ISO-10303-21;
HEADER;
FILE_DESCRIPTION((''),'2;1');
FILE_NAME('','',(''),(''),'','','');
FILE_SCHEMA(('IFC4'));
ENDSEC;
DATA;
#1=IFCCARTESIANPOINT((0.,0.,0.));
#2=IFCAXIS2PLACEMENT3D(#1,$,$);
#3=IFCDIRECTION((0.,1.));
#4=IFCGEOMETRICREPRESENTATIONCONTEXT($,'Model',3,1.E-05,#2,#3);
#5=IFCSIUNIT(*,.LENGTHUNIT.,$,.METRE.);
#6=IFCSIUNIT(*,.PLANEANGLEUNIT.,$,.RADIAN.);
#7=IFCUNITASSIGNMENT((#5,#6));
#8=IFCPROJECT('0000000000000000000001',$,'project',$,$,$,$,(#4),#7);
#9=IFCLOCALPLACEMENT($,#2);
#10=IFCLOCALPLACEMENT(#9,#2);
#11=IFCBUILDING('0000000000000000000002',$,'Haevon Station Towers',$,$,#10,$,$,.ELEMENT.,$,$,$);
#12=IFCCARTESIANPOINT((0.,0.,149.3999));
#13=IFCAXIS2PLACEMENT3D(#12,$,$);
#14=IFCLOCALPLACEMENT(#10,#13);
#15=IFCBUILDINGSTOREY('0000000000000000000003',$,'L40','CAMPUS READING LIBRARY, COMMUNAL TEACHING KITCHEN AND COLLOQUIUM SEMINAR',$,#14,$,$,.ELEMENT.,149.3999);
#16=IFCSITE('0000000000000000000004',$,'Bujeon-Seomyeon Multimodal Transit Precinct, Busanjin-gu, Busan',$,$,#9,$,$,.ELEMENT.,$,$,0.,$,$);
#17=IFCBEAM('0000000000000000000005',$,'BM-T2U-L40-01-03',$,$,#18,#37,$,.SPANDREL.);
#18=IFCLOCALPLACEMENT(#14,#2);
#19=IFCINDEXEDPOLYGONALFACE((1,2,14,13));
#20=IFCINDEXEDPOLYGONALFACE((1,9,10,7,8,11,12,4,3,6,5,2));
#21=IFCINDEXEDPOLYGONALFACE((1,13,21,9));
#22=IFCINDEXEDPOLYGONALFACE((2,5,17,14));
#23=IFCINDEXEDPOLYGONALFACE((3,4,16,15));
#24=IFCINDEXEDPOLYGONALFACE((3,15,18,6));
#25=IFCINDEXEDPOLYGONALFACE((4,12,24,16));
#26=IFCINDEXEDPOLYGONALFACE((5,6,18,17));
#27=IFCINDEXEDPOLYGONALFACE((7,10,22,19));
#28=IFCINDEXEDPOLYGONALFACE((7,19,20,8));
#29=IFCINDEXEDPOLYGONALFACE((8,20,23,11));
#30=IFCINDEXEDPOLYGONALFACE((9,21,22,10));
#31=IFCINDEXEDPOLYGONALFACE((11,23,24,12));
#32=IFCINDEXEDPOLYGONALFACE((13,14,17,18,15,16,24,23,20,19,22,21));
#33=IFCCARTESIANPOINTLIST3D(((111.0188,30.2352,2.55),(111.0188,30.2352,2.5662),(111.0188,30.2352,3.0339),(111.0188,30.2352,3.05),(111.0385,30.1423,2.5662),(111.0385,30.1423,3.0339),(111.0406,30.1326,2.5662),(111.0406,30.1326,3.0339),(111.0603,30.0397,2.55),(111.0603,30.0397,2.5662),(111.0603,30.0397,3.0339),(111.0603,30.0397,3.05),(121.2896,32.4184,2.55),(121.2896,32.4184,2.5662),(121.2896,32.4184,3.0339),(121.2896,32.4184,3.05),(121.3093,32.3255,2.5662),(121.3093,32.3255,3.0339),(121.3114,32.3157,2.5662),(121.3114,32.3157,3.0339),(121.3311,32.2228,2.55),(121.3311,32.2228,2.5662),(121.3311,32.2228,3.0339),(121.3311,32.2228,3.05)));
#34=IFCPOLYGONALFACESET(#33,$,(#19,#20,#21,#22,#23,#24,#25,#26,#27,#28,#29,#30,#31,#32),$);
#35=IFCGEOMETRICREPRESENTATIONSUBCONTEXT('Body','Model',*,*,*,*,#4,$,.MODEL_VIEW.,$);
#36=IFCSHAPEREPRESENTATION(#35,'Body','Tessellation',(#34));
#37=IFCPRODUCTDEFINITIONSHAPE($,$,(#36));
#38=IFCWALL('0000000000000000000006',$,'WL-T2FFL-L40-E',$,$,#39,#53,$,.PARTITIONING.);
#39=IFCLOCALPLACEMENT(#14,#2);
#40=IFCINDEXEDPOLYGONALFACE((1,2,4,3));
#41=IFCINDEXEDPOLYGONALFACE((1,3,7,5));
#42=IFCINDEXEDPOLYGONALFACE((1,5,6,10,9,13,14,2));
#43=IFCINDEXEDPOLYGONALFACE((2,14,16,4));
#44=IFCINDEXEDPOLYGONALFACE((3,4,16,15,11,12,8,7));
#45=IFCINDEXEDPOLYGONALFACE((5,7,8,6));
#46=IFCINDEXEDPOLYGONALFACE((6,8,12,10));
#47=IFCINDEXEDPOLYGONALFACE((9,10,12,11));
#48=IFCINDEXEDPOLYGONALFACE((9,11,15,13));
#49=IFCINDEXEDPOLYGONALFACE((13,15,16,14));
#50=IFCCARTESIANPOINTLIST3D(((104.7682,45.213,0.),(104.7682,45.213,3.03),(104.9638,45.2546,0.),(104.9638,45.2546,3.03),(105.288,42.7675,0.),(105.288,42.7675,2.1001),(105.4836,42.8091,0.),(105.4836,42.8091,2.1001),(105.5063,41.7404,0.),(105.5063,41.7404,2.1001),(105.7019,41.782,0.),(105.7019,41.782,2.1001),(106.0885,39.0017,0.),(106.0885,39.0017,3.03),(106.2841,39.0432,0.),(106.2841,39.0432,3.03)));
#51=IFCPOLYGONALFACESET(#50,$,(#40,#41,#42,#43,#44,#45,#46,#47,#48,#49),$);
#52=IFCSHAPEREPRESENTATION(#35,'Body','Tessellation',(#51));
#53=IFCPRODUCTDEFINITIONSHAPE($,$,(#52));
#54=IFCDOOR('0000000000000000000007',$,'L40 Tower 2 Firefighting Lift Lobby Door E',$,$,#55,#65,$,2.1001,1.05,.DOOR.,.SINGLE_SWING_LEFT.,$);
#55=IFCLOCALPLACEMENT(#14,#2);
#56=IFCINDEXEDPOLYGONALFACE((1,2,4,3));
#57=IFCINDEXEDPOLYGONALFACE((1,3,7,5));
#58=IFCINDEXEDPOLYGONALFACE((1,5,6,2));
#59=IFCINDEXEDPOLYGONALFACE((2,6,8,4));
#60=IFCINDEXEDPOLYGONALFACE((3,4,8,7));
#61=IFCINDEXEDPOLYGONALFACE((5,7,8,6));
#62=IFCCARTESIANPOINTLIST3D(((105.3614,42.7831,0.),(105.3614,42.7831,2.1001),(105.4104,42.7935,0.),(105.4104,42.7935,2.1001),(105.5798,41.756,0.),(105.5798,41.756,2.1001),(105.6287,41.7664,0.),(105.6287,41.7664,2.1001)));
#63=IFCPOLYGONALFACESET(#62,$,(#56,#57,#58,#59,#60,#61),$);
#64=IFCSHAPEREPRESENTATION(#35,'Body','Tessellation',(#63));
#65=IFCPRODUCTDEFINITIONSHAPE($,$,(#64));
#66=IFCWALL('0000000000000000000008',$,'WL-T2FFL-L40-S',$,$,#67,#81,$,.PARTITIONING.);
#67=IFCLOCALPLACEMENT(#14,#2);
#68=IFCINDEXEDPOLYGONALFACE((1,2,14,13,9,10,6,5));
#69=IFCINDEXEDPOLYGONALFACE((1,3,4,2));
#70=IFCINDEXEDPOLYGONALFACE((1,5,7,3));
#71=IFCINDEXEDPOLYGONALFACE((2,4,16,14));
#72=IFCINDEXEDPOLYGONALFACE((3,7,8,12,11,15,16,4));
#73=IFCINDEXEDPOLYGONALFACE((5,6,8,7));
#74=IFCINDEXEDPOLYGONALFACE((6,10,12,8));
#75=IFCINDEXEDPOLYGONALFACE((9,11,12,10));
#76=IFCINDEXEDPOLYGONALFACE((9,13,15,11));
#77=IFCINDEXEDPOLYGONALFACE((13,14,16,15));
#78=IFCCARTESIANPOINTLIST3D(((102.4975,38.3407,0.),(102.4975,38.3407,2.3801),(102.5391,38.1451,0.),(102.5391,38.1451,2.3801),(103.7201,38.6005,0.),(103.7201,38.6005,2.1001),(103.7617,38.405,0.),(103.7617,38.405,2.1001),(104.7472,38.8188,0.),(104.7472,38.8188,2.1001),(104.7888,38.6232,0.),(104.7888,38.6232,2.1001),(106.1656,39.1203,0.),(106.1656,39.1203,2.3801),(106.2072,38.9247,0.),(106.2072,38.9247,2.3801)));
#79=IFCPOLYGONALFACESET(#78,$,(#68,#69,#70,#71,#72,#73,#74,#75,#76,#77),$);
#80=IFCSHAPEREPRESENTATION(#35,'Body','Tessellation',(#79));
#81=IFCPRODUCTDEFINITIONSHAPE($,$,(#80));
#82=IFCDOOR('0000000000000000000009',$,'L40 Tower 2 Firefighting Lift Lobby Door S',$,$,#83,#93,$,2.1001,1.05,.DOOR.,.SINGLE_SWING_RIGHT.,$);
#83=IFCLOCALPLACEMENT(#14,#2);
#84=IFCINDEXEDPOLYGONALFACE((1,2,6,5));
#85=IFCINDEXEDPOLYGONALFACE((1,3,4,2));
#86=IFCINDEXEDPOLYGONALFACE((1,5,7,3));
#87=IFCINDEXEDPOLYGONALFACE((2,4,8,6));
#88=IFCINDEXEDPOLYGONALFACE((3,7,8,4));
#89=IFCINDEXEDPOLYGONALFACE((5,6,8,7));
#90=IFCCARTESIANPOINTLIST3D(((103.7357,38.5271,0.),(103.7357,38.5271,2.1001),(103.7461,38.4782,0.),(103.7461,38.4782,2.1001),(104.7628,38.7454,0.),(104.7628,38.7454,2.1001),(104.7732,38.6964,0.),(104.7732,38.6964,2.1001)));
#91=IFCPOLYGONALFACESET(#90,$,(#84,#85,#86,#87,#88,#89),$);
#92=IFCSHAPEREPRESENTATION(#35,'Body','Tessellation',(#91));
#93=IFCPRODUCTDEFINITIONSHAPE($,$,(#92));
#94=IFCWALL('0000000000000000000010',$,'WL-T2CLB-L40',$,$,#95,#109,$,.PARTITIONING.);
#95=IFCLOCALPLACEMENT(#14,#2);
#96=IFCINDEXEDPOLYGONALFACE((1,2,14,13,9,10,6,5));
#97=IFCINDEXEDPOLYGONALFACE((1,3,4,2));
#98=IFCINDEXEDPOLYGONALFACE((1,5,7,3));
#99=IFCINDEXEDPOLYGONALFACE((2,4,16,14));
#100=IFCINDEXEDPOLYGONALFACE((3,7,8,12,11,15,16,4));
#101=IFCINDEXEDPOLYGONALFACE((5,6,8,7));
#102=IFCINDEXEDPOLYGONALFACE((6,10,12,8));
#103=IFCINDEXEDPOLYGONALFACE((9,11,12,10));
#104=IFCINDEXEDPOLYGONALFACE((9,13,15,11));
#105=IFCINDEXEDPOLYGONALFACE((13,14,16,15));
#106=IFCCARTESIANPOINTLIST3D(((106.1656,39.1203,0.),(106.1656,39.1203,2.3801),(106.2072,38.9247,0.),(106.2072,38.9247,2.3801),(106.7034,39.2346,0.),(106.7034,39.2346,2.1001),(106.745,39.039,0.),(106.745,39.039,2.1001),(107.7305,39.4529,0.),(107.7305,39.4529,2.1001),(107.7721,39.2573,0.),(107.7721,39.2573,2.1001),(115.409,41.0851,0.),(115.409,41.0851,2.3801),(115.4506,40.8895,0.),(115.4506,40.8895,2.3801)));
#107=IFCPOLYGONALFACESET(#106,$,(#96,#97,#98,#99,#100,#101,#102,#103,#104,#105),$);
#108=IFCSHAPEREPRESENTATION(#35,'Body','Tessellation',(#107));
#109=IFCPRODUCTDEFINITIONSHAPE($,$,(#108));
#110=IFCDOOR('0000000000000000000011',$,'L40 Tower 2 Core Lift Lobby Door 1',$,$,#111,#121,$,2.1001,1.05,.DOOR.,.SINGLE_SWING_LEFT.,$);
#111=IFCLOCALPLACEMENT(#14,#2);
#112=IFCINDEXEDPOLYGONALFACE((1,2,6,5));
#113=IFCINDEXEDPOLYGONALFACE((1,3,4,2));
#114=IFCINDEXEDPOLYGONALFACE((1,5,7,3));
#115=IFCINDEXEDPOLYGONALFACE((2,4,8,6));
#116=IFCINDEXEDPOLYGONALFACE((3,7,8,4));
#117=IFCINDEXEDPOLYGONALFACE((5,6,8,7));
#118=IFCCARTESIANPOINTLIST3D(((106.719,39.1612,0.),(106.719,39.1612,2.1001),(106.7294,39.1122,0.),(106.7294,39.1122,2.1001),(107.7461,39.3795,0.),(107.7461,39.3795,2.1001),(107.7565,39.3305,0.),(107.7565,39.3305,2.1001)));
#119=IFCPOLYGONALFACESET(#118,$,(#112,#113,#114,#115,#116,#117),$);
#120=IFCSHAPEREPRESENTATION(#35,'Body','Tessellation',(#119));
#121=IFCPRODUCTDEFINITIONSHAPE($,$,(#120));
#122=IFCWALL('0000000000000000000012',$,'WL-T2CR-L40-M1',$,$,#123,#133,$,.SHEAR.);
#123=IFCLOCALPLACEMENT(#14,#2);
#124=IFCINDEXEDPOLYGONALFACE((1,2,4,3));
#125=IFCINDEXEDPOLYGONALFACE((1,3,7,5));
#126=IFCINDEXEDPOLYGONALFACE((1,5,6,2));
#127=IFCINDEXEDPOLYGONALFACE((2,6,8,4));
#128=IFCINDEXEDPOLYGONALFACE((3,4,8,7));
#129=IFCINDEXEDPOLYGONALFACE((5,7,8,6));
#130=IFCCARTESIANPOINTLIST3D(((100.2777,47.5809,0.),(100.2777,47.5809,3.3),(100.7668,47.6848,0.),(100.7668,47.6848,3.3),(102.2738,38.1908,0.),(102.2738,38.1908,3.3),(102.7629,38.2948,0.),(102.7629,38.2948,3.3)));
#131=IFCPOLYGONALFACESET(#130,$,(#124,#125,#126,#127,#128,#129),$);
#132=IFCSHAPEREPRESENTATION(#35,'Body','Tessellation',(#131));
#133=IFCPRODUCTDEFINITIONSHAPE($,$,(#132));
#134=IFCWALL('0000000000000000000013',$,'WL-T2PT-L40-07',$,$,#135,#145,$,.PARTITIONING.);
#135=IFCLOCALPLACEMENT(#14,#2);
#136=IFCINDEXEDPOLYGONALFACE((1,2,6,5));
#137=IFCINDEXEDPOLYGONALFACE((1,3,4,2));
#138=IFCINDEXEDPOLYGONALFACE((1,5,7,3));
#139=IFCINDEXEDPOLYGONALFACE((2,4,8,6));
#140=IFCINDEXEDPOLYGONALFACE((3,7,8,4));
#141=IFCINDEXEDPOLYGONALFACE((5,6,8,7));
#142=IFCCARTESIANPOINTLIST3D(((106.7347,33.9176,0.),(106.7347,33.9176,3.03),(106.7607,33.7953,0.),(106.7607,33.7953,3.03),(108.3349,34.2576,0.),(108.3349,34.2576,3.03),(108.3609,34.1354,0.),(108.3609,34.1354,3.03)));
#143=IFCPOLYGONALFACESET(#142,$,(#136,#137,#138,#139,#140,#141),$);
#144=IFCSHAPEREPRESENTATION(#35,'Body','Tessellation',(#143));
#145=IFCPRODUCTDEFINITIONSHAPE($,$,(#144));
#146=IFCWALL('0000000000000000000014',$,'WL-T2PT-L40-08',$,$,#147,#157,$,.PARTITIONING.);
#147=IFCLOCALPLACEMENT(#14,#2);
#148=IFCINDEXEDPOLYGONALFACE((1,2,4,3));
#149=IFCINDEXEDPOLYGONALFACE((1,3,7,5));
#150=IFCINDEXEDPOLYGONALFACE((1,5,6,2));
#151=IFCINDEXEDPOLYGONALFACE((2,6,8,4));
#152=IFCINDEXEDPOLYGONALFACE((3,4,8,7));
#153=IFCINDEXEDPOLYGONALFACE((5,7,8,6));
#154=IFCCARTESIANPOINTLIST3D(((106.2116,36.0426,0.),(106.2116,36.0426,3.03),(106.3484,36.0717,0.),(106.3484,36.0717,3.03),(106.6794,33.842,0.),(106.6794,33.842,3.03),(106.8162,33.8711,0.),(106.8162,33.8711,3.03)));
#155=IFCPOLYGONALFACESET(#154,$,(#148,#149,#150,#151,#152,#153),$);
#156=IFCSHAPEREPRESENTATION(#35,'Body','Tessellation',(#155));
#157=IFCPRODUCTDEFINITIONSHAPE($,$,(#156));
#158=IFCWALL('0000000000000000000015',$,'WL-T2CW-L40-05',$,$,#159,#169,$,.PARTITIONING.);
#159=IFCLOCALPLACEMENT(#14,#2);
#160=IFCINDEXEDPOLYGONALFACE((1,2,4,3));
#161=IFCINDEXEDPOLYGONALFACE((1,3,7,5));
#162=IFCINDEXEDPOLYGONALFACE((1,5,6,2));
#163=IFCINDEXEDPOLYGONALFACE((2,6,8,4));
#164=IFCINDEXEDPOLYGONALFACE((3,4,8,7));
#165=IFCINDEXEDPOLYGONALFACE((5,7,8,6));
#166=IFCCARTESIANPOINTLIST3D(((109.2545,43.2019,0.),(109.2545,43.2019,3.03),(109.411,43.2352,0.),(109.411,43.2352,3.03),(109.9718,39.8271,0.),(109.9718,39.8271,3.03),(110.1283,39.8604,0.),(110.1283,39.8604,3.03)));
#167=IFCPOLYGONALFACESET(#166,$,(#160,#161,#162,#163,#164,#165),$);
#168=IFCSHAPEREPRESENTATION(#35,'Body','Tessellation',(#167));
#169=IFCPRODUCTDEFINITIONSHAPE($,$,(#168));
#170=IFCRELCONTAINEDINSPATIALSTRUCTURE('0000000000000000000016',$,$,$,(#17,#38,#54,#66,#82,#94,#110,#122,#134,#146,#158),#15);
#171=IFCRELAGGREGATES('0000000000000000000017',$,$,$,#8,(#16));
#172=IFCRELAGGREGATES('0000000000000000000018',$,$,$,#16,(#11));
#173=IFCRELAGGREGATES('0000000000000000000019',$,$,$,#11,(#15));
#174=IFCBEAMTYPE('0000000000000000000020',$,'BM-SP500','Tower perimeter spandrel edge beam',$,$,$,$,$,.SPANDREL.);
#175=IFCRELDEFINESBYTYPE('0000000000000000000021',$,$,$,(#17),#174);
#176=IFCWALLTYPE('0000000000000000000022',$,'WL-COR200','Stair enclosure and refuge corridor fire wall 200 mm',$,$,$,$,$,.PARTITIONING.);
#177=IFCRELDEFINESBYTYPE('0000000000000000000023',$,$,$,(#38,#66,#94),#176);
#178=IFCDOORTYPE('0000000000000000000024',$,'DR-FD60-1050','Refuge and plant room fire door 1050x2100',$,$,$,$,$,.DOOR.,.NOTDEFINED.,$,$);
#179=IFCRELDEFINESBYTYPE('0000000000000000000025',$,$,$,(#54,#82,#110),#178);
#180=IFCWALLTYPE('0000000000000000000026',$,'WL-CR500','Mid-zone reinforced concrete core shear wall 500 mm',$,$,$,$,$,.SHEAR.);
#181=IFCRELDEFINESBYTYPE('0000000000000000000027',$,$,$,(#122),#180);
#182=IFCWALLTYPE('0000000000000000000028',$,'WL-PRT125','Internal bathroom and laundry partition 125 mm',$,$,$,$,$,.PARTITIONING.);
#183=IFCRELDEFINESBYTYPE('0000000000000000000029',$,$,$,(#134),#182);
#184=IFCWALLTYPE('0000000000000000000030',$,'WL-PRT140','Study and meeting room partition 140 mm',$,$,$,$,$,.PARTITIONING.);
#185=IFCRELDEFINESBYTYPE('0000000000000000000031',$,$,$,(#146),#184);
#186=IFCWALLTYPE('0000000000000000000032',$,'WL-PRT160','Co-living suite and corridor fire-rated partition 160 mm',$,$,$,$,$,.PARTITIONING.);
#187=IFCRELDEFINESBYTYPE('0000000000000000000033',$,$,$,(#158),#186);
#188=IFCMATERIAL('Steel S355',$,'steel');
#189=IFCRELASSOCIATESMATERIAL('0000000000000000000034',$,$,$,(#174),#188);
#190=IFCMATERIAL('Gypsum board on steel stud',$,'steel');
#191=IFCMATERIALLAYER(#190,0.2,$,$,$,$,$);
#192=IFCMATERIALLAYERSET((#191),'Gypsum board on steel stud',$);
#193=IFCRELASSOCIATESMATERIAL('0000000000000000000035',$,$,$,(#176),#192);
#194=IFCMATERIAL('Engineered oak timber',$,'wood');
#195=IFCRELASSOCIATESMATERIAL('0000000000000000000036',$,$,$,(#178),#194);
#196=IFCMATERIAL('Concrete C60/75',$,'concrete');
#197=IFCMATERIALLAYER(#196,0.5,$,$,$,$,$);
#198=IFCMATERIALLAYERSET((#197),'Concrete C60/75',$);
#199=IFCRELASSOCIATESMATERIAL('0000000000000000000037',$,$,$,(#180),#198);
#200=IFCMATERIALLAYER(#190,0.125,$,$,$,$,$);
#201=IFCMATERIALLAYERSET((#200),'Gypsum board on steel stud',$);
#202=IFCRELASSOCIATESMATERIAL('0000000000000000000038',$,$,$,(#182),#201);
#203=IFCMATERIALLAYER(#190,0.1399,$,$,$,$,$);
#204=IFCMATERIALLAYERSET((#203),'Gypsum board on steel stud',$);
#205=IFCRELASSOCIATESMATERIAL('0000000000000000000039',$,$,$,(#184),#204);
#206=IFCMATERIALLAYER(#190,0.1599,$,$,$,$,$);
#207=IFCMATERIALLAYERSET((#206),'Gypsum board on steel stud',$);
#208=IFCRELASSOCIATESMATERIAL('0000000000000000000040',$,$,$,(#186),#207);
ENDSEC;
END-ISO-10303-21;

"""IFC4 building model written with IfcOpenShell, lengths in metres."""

from ifc_helpers import new_model, si_unit, direction, frame, frame_2d, origin, origin_2d, place, context, subcontext, project, spatial, rectangle, i_section, extrude, material, layer, layer_set, material_profile, profile_set, type_object, element, fill, save


model = new_model("IFC4")

# Units and contexts
model_context = context("Model", 3, precision=1e-05, world=origin(), true_north=direction((0.0, 1.0)))
body_context = subcontext(model_context, "Body", "Model", "MODEL_VIEW")
ifc_project = project(units=[si_unit("LENGTHUNIT", "METRE"), si_unit("PLANEANGLEUNIT", "RADIAN")], contexts=[model_context])

# Site, building, storey
site_placement = place(None, origin())
site = spatial("IfcSite", under=ifc_project, at=site_placement, Name="Bujeon-Seomyeon Multimodal Transit Precinct, Busanjin-gu, Busan", CompositionType="ELEMENT", RefElevation=0.0)
building_placement = place(site_placement, origin())
building = spatial("IfcBuilding", under=site, at=building_placement, Name="Haevon Station Towers", CompositionType="ELEMENT")
storey_placement = place(building_placement, frame((0.0, 0.0, 149.3999)))
storey = spatial("IfcBuildingStorey", under=building, at=storey_placement, Name="L40", Description="CAMPUS READING LIBRARY, COMMUNAL TEACHING KITCHEN AND COLLOQUIUM SEMINAR", CompositionType="ELEMENT", Elevation=149.3999)

# Shared definitions
ifc_material_1 = material(Name="Steel S355", Category="steel")

# Beam
ifc_material_profile_1 = material_profile(ifc_material_1, i_section(OverallWidth=0.2, OverallDepth=0.5, WebThickness=0.01, FlangeThickness=0.0161, at=origin_2d()), Name="H-500x200x10x16")
ifc_profile_set_1 = profile_set([ifc_material_profile_1], Name="Steel S355")
beam_type_1 = type_object("IfcBeamType", Name="BM-SP500", Description="Tower perimeter spandrel edge beam", PredefinedType="SPANDREL", material=ifc_profile_set_1)
beam_1_placement = place(storey_placement, frame((111.0396, 30.1375, 2.8), z_axis=(0.978148, 0.207911, 0.0), x_axis=(-0.207911, 0.978148, 0.0)))
element("IfcBeam", 1, at=beam_1_placement, inside=storey, type_object=beam_type_1, Name="BM-T2U-L40-01-03", PredefinedType="SPANDREL", context=body_context, shape_type="SweptSolid", body=[
    extrude(i_section(OverallWidth=0.2, OverallDepth=0.5, WebThickness=0.01, FlangeThickness=0.0161, at=origin_2d()), origin(), (0.0, 0.0, 1.0), 10.5002),
])

# Walls, openings, doors
ifc_material_2 = material(Name="Gypsum board on steel stud", Category="steel")
ifc_layer_1 = layer(ifc_material_2, 0.2)
ifc_layer_set_1 = layer_set([ifc_layer_1], Name="Gypsum board on steel stud")
wall_type_1 = type_object("IfcWallType", Name="WL-COR200", Description="Stair enclosure and refuge corridor fire wall 200 mm", PredefinedType="PARTITIONING", material=ifc_layer_set_1)
wall_1_placement = place(storey_placement, frame((106.1863, 39.0225, 0.0), z_axis=(0.0, 0.0, 1.0), x_axis=(-0.207917, 0.978147, 0.0)))
wall_1 = element("IfcWall", 2, at=wall_1_placement, inside=storey, type_object=wall_type_1, Name="WL-T2FFL-L40-E", PredefinedType="PARTITIONING", context=body_context, shape_type="SweptSolid", body=[
    extrude(rectangle(XDim=6.3501, YDim=0.2, at=frame_2d((3.175, 0.0))), origin(), (0.0, 0.0, 1.0), 3.03),
])
opening_1_placement = place(wall_1_placement, frame((2.8, 0.0, 0.0)))
opening_1 = element("IfcOpeningElement", 3, at=opening_1_placement, cuts=wall_1, PredefinedType="OPENING", context=body_context, shape_type="SweptSolid", body=[
    extrude(rectangle(XDim=1.05, YDim=2.1001, at=frame_2d((0.5249, 1.05))), frame((0.0, 0.1099, 0.0), z_axis=(0.0, -1.0, 0.0), x_axis=(1.0, 0.0, 0.0)), (0.0, 0.0, 1.0), 0.22),
])
ifc_material_3 = material(Name="Engineered oak timber", Category="wood")
door_type = type_object("IfcDoorType", Name="DR-FD60-1050", Description="Refuge and plant room fire door 1050x2100", OperationType="NOTDEFINED", PredefinedType="DOOR", material=ifc_material_3)
door_1_placement = place(opening_1_placement, origin())
door_1 = element("IfcDoor", 4, at=door_1_placement, inside=storey, type_object=door_type, Name="L40 Tower 2 Firefighting Lift Lobby Door E", OperationType="SINGLE_SWING_LEFT", OverallHeight=2.1001, OverallWidth=1.05, PredefinedType="DOOR", context=body_context, shape_type="SweptSolid", body=[
    extrude(rectangle(XDim=1.05, YDim=2.1001, at=frame_2d((0.5249, 1.05))), frame((0.0, 0.0249, 0.0), z_axis=(0.0, -1.0, 0.0), x_axis=(1.0, 0.0, 0.0)), (0.0, 0.0, 1.0), 0.05),
])
fill(opening_1, door_1)
wall_2_placement = place(storey_placement, frame((102.5183, 38.2429, 0.0), z_axis=(0.0, 0.0, 1.0), x_axis=(0.978154, 0.207884, 0.0)))
wall_2 = element("IfcWall", 5, at=wall_2_placement, inside=storey, type_object=wall_type_1, Name="WL-T2FFL-L40-S", PredefinedType="PARTITIONING", context=body_context, shape_type="SweptSolid", body=[
    extrude(rectangle(XDim=3.75, YDim=0.2, at=frame_2d((1.875, 0.0))), origin(), (0.0, 0.0, 1.0), 2.3801),
])
opening_2_placement = place(wall_2_placement, frame((1.25, 0.0, 0.0)))
opening_2 = element("IfcOpeningElement", 6, at=opening_2_placement, cuts=wall_2, PredefinedType="OPENING", context=body_context, shape_type="SweptSolid", body=[
    extrude(rectangle(XDim=1.05, YDim=2.1001, at=frame_2d((0.5249, 1.05))), frame((0.0, 0.1099, 0.0), z_axis=(0.0, -1.0, 0.0), x_axis=(1.0, 0.0, 0.0)), (0.0, 0.0, 1.0), 0.22),
])
door_2_placement = place(opening_2_placement, origin())
door_2 = element("IfcDoor", 7, at=door_2_placement, inside=storey, type_object=door_type, Name="L40 Tower 2 Firefighting Lift Lobby Door S", OperationType="SINGLE_SWING_RIGHT", OverallHeight=2.1001, OverallWidth=1.05, PredefinedType="DOOR", context=body_context, shape_type="SweptSolid", body=[
    extrude(rectangle(XDim=1.05, YDim=2.1001, at=frame_2d((0.5249, 1.05))), frame((0.0, 0.0249, 0.0), z_axis=(0.0, -1.0, 0.0), x_axis=(1.0, 0.0, 0.0)), (0.0, 0.0, 1.0), 0.05),
])
fill(opening_2, door_2)
wall_3_placement = place(storey_placement, frame((106.1863, 39.0225, 0.0), z_axis=(0.0, 0.0, 1.0), x_axis=(0.978146, 0.207921, 0.0)))
wall_3 = element("IfcWall", 8, at=wall_3_placement, inside=storey, type_object=wall_type_1, Name="WL-T2CLB-L40", PredefinedType="PARTITIONING", context=body_context, shape_type="SweptSolid", body=[
    extrude(rectangle(XDim=9.45, YDim=0.2, at=frame_2d((4.7251, 0.0))), origin(), (0.0, 0.0, 1.0), 2.3801),
])
opening_3_placement = place(wall_3_placement, frame((0.55, 0.0, 0.0)))
opening_3 = element("IfcOpeningElement", 9, at=opening_3_placement, cuts=wall_3, PredefinedType="OPENING", context=body_context, shape_type="SweptSolid", body=[
    extrude(rectangle(XDim=1.05, YDim=2.1001, at=frame_2d((0.5249, 1.05))), frame((0.0, 0.1099, 0.0), z_axis=(0.0, -1.0, 0.0), x_axis=(1.0, 0.0, 0.0)), (0.0, 0.0, 1.0), 0.22),
])
door_3_placement = place(opening_3_placement, origin())
door_3 = element("IfcDoor", 10, at=door_3_placement, inside=storey, type_object=door_type, Name="L40 Tower 2 Core Lift Lobby Door 1", OperationType="SINGLE_SWING_LEFT", OverallHeight=2.1001, OverallWidth=1.05, PredefinedType="DOOR", context=body_context, shape_type="SweptSolid", body=[
    extrude(rectangle(XDim=1.05, YDim=2.1001, at=frame_2d((0.5249, 1.05))), frame((0.0, 0.0249, 0.0), z_axis=(0.0, -1.0, 0.0), x_axis=(1.0, 0.0, 0.0)), (0.0, 0.0, 1.0), 0.05),
])
fill(opening_3, door_3)

# Walls
ifc_material_4 = material(Name="Concrete C60/75", Category="concrete")
ifc_layer_2 = layer(ifc_material_4, 0.5)
ifc_layer_set_2 = layer_set([ifc_layer_2], Name="Concrete C60/75")
wall_type_2 = type_object("IfcWallType", Name="WL-CR500", Description="Mid-zone reinforced concrete core shear wall 500 mm", PredefinedType="SHEAR", material=ifc_layer_set_2)
wall_4_placement = place(storey_placement, frame((102.5183, 38.2429, 0.0), z_axis=(0.0, 0.0, 1.0), x_axis=(-0.207927, 0.978144, 0.0)))
element("IfcWall", 11, at=wall_4_placement, inside=storey, type_object=wall_type_2, Name="WL-T2CR-L40-M1", PredefinedType="SHEAR", context=body_context, shape_type="SweptSolid", body=[
    extrude(rectangle(XDim=9.5999, YDim=0.5, at=frame_2d((4.7998, 0.0))), origin(), (0.0, 0.0, 1.0), 3.3),
])
ifc_layer_3 = layer(ifc_material_2, 0.125)
ifc_layer_set_3 = layer_set([ifc_layer_3], Name="Gypsum board on steel stud")
wall_type_3 = type_object("IfcWallType", Name="WL-PRT125", Description="Internal bathroom and laundry partition 125 mm", PredefinedType="PARTITIONING", material=ifc_layer_set_3)
wall_5_placement = place(storey_placement, frame((106.7478, 33.8564, 0.0), z_axis=(0.0, 0.0, 1.0), x_axis=(0.978157, 0.207868, 0.0)))
element("IfcWall", 12, at=wall_5_placement, inside=storey, type_object=wall_type_3, Name="WL-T2PT-L40-07", PredefinedType="PARTITIONING", context=body_context, shape_type="SweptSolid", body=[
    extrude(rectangle(XDim=1.636, YDim=0.125, at=frame_2d((0.8179, 0.0))), origin(), (0.0, 0.0, 1.0), 3.03),
])
ifc_layer_4 = layer(ifc_material_2, 0.1399)
ifc_layer_set_4 = layer_set([ifc_layer_4], Name="Gypsum board on steel stud")
wall_type_4 = type_object("IfcWallType", Name="WL-PRT140", Description="Study and meeting room partition 140 mm", PredefinedType="PARTITIONING", material=ifc_layer_set_4)
wall_6_placement = place(storey_placement, frame((106.7478, 33.8564, 0.0), z_axis=(0.0, 0.0, 1.0), x_axis=(-0.207913, 0.978147, 0.0)))
element("IfcWall", 13, at=wall_6_placement, inside=storey, type_object=wall_type_4, Name="WL-T2PT-L40-08", PredefinedType="PARTITIONING", context=body_context, shape_type="SweptSolid", body=[
    extrude(rectangle(XDim=2.2498, YDim=0.1399, at=frame_2d((1.125, 0.0))), origin(), (0.0, 0.0, 1.0), 3.03),
])
ifc_layer_5 = layer(ifc_material_2, 0.1599)
ifc_layer_set_5 = layer_set([ifc_layer_5], Name="Gypsum board on steel stud")
wall_type_5 = type_object("IfcWallType", Name="WL-PRT160", Description="Co-living suite and corridor fire-rated partition 160 mm", PredefinedType="PARTITIONING", material=ifc_layer_set_5)
wall_7_placement = place(storey_placement, frame((110.05, 39.8438, 0.0), z_axis=(0.0, 0.0, 1.0), x_axis=(-0.2079, 0.97815, 0.0)))
element("IfcWall", 14, at=wall_7_placement, inside=storey, type_object=wall_type_5, Name="WL-T2CW-L40-05", PredefinedType="PARTITIONING", context=body_context, shape_type="SweptSolid", body=[
    extrude(rectangle(XDim=3.4502, YDim=0.1599, at=frame_2d((1.7251, 0.0))), origin(), (0.0, 0.0, 1.0), 3.03),
])

save(model, "model.ifc")
